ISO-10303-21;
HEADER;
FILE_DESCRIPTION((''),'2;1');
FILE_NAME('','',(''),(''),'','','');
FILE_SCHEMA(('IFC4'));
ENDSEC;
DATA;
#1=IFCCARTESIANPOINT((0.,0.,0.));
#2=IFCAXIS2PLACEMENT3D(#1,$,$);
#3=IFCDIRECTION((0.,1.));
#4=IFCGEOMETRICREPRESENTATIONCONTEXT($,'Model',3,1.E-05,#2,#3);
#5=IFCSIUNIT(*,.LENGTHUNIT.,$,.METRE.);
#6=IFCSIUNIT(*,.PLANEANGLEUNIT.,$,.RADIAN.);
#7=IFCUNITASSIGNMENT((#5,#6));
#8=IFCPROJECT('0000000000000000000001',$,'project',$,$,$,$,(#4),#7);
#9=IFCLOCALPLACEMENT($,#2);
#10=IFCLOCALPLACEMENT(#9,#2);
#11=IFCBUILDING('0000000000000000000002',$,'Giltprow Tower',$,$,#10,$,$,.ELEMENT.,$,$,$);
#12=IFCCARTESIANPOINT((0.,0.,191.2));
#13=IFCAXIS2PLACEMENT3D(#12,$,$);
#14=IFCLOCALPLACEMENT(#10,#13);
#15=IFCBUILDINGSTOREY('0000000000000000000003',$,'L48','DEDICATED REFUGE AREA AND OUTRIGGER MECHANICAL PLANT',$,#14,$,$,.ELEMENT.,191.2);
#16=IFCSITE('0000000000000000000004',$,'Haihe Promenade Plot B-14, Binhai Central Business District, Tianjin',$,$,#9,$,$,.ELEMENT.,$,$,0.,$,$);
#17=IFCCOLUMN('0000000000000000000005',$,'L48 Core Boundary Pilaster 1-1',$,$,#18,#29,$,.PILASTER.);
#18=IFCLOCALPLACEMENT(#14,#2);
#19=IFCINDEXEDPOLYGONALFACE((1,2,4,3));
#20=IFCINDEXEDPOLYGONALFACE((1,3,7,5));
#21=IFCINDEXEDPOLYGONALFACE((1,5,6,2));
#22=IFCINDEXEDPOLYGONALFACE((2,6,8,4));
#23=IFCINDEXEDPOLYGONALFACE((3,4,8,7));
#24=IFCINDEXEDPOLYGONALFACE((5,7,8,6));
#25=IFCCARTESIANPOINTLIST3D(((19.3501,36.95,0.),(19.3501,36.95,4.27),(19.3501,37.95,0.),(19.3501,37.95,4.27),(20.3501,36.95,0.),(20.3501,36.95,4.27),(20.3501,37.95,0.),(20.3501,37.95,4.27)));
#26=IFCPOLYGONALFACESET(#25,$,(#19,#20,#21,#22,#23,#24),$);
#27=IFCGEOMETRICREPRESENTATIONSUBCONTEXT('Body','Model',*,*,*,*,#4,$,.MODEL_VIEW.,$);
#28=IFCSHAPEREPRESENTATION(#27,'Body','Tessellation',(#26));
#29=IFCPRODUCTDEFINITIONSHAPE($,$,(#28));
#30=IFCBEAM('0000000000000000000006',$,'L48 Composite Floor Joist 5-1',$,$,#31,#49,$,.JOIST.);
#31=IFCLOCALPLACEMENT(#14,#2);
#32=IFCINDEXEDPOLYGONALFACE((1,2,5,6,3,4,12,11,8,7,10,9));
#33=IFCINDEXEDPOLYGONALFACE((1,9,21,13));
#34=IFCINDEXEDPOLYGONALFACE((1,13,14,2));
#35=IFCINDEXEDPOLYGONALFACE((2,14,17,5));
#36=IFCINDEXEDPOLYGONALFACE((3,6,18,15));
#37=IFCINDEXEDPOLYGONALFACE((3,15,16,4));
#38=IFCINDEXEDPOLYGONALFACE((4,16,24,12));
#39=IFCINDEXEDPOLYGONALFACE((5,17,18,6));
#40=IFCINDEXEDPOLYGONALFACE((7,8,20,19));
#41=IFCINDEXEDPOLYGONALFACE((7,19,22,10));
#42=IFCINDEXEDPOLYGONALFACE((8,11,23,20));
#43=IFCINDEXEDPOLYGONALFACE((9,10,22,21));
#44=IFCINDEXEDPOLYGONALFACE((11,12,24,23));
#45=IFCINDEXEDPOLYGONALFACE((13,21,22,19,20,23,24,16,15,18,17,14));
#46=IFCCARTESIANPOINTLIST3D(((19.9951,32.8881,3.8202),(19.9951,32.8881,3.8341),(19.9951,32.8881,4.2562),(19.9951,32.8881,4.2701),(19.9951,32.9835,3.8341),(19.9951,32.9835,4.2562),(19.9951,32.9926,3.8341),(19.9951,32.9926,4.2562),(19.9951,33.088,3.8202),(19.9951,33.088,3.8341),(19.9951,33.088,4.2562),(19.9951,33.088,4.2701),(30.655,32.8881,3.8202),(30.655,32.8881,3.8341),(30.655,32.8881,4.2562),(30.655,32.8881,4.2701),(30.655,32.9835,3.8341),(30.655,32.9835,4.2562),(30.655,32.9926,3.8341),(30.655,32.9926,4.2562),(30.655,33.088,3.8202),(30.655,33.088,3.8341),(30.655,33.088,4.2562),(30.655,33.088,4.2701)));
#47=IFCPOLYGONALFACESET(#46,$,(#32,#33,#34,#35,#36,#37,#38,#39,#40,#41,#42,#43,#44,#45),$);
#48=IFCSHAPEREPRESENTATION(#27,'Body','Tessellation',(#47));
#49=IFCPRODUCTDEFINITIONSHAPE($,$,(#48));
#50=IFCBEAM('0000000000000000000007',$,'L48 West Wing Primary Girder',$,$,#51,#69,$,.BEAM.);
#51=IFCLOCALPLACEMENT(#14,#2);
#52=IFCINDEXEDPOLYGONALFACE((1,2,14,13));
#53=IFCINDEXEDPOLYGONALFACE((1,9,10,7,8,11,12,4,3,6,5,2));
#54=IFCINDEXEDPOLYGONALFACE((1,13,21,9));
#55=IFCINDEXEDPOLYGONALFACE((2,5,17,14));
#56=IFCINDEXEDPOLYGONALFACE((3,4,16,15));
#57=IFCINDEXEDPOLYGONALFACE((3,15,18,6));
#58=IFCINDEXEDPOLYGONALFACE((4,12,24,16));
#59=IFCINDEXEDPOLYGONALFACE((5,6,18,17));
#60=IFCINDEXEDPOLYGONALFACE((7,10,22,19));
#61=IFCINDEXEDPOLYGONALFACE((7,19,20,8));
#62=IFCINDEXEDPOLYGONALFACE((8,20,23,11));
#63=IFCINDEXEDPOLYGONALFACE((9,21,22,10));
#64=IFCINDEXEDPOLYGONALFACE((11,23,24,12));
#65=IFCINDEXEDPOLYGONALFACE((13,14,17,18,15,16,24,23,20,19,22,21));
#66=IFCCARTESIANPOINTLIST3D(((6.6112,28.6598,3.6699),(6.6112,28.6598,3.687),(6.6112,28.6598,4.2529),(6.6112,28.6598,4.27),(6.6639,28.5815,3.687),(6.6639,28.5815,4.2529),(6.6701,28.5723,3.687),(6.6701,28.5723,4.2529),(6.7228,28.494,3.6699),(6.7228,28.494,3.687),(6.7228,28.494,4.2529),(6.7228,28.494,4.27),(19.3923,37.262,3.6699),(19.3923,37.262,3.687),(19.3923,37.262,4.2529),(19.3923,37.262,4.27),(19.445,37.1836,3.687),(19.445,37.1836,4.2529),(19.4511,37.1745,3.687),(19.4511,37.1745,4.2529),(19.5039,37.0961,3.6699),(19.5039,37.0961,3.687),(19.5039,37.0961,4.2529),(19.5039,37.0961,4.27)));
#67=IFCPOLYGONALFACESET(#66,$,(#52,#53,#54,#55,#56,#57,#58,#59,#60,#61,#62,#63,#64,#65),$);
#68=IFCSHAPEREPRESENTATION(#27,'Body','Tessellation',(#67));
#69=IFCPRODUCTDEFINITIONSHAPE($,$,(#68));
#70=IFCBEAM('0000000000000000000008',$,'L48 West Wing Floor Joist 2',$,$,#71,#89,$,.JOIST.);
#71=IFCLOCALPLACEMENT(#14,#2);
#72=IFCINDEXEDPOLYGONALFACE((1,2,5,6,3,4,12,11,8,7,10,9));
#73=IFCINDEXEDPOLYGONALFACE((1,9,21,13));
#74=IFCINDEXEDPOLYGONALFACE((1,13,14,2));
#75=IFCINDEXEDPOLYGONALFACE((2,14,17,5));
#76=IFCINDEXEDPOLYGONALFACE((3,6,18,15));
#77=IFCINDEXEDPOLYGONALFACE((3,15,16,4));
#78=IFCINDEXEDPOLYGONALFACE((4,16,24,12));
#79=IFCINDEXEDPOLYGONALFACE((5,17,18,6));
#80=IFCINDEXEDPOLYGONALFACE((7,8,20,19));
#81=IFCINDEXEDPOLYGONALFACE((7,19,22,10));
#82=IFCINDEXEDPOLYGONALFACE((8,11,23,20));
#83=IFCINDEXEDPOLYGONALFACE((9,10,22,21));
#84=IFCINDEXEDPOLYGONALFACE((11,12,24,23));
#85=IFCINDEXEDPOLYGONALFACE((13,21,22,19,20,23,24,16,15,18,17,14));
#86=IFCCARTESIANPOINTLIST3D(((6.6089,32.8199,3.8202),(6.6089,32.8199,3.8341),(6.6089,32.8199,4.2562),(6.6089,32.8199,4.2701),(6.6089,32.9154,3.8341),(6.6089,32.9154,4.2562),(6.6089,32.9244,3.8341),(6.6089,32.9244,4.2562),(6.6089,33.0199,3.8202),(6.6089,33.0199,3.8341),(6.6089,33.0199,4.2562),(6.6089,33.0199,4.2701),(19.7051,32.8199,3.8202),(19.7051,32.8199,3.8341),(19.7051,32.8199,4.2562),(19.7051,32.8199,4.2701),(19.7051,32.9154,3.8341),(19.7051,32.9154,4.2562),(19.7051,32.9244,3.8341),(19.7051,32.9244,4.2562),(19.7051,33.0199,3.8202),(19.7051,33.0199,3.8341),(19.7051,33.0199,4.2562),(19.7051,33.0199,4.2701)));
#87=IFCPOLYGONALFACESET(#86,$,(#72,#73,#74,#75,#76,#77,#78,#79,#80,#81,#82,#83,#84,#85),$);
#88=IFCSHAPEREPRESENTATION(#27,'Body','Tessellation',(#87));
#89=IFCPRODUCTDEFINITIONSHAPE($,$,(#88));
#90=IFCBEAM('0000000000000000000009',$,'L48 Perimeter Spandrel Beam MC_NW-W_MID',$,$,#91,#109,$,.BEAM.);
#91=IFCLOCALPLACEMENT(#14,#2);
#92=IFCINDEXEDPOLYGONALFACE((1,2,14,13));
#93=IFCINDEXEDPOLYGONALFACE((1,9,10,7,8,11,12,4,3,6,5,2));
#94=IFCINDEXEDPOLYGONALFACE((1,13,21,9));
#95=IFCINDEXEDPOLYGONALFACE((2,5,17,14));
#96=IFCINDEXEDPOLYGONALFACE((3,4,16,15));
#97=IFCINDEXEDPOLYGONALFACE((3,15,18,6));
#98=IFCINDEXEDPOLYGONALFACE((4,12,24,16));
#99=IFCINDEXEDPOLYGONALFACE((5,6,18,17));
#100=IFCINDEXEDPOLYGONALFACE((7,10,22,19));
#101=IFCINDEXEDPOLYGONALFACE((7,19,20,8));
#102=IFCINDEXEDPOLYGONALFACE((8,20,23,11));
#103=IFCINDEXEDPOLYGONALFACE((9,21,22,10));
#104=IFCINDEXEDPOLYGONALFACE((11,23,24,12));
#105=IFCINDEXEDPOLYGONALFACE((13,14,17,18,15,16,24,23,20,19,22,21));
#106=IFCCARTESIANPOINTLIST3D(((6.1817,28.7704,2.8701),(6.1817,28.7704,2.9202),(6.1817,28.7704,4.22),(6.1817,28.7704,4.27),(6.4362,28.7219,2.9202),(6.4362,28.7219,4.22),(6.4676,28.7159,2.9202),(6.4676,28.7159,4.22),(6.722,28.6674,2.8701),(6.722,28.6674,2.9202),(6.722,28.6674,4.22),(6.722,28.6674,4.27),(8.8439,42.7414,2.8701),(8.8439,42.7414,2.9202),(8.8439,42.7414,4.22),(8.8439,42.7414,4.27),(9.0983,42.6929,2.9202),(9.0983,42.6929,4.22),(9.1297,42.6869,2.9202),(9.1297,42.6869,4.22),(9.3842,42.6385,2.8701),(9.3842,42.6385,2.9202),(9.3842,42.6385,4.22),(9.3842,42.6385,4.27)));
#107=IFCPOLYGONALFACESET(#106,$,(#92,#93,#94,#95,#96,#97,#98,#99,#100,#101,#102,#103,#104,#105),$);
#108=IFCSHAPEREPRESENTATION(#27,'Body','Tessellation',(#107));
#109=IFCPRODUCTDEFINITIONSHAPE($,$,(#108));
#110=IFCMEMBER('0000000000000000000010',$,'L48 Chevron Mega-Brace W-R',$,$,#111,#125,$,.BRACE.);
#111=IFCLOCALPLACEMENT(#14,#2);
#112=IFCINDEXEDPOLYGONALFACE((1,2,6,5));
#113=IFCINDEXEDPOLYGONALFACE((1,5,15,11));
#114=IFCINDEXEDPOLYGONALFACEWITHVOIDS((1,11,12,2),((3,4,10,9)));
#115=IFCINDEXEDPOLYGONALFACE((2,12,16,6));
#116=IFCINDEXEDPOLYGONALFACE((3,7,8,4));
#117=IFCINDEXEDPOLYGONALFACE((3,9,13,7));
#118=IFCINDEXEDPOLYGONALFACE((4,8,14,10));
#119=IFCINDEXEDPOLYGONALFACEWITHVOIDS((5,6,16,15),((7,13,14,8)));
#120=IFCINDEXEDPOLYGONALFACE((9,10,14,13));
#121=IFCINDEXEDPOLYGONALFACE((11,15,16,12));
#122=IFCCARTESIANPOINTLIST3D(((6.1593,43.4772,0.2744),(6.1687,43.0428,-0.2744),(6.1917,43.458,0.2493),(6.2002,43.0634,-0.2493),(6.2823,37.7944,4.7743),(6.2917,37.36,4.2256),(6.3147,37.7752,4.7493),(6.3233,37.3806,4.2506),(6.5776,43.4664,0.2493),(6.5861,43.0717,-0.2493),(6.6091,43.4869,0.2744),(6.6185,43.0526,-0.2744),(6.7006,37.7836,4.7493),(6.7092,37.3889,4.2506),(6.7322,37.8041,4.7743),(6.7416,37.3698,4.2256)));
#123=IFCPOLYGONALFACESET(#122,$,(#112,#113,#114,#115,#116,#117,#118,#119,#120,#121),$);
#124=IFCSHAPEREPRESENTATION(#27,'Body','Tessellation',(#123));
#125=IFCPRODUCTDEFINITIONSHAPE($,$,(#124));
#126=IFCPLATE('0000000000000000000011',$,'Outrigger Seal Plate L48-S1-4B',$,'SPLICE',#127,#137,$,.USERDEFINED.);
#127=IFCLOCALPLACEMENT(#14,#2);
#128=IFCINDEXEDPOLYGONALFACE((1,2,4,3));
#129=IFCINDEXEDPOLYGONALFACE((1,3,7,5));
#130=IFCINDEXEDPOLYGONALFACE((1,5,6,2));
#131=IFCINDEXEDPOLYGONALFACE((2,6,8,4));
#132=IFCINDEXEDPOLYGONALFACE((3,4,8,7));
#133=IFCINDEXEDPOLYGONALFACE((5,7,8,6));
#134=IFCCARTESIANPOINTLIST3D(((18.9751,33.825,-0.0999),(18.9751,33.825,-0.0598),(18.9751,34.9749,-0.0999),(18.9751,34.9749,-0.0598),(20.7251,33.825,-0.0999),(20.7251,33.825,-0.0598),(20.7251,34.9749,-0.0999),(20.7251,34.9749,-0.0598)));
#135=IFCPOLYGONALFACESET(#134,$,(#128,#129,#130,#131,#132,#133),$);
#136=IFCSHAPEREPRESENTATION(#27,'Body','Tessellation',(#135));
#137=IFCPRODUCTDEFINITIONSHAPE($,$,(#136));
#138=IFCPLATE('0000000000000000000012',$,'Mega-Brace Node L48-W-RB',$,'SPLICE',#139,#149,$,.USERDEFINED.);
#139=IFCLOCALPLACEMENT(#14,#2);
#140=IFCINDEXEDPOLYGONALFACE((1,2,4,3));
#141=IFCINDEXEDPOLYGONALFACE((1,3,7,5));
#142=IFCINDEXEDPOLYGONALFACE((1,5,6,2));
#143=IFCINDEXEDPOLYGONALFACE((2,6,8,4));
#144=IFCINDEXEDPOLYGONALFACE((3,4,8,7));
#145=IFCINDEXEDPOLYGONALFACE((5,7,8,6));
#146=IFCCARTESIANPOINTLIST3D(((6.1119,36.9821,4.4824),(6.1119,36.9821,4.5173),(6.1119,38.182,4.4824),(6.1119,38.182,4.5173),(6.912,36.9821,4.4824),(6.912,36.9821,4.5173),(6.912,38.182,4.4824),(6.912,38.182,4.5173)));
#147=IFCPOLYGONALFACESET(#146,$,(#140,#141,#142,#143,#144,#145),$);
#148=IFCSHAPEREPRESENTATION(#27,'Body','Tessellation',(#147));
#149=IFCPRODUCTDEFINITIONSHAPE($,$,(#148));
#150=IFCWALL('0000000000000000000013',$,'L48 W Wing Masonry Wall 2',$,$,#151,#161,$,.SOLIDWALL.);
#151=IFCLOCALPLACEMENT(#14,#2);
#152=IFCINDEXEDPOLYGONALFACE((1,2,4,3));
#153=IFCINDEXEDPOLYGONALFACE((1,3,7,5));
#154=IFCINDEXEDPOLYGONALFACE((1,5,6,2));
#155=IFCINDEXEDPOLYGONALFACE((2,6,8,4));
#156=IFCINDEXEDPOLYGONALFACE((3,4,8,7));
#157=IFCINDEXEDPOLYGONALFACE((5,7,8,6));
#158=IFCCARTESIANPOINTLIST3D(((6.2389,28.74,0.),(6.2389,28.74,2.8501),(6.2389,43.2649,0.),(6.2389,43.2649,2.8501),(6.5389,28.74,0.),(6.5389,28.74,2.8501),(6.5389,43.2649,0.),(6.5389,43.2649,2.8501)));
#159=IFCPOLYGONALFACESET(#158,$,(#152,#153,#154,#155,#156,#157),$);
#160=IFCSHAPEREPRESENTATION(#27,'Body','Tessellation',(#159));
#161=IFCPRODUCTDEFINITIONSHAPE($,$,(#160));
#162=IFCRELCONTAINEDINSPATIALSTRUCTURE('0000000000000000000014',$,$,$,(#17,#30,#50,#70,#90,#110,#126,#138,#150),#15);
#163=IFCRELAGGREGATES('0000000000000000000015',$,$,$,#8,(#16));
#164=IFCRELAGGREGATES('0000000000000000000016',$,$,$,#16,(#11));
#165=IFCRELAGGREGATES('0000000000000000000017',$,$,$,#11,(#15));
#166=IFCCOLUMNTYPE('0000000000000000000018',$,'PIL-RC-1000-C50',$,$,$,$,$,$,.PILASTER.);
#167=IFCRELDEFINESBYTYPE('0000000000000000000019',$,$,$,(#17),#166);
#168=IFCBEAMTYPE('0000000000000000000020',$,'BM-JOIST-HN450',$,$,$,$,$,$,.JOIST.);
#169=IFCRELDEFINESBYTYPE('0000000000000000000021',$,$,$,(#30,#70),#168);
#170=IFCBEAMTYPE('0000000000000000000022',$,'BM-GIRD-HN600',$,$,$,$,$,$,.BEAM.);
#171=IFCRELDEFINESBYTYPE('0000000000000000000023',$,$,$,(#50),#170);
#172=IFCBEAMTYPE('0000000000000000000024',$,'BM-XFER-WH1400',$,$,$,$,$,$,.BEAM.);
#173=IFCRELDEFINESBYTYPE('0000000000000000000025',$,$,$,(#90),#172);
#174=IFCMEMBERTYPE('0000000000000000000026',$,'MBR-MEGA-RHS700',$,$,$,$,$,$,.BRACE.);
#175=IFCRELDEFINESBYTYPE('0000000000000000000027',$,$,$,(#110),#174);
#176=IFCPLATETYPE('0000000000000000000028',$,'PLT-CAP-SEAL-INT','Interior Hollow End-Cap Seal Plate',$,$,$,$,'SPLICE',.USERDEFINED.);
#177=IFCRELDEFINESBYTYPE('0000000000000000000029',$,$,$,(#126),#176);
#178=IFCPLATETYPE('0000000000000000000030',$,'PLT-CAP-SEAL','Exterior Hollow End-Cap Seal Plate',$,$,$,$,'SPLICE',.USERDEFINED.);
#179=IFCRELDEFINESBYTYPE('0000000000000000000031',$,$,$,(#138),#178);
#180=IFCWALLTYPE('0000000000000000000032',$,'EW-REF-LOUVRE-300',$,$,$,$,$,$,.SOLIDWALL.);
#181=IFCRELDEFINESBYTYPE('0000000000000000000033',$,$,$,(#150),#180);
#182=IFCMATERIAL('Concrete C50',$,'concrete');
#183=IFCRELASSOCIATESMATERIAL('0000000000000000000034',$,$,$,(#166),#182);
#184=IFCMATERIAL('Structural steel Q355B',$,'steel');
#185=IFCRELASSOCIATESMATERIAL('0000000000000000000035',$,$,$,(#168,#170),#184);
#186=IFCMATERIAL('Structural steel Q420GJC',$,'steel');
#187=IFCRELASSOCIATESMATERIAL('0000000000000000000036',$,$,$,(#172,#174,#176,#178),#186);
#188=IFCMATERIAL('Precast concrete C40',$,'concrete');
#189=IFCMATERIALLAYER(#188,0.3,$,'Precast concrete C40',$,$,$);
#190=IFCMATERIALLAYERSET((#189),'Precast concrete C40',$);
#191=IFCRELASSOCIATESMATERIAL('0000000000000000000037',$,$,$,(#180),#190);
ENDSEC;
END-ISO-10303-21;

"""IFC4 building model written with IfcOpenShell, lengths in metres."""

from ifc_helpers import new_model, si_unit, direction, frame, frame_2d, origin, origin_2d, place, context, subcontext, project, spatial, rectangle, hollow_rectangle, i_section, extrude, source, transform, mapped, material, layer, layer_set, material_profile, profile_set, type_object, element, save


model = new_model("IFC4")

# Units and contexts
model_context = context("Model", 3, precision=1e-05, world=origin(), true_north=direction((0.0, 1.0)))
body_context = subcontext(model_context, "Body", "Model", "MODEL_VIEW")
ifc_project = project(units=[si_unit("LENGTHUNIT", "METRE"), si_unit("PLANEANGLEUNIT", "RADIAN")], contexts=[model_context])

# Site, building, storey
site_placement = place(None, origin())
site = spatial("IfcSite", under=ifc_project, at=site_placement, Name="Haihe Promenade Plot B-14, Binhai Central Business District, Tianjin", CompositionType="ELEMENT", RefElevation=0.0)
building_placement = place(site_placement, origin())
building = spatial("IfcBuilding", under=site, at=building_placement, Name="Giltprow Tower", CompositionType="ELEMENT")
storey_placement = place(building_placement, frame((0.0, 0.0, 191.2)))
storey = spatial("IfcBuildingStorey", under=building, at=storey_placement, Name="L48", Description="DEDICATED REFUGE AREA AND OUTRIGGER MECHANICAL PLANT", CompositionType="ELEMENT", Elevation=191.2)

# Column
ifc_material_1 = material(Name="Concrete C50", Category="concrete")
ifc_material_profile_1 = material_profile(ifc_material_1, rectangle(XDim=1.0, YDim=1.0, at=origin_2d()), Name="RC 1000x1000")
ifc_profile_set_1 = profile_set([ifc_material_profile_1], Name="Concrete C50")
column_type = type_object("IfcColumnType", Name="PIL-RC-1000-C50", PredefinedType="PILASTER", material=ifc_profile_set_1)
shared_shape_1 = source(origin(), body_context, "Body", "SweptSolid", [
    extrude(rectangle(XDim=1.0, YDim=1.0, at=origin_2d()), origin(), (0.0, 0.0, 1.0), 4.27),
])
column_placement = place(storey_placement, frame((19.8501, 37.45, 0.0), z_axis=(0.0, 0.0, 1.0), x_axis=(1.0, 0.0, 0.0)))
element("IfcColumn", 1, at=column_placement, inside=storey, type_object=column_type, Name="L48 Core Boundary Pilaster 1-1", PredefinedType="PILASTER", context=body_context, shape_type="MappedRepresentation", body=[
    mapped(shared_shape_1, transform((0.0, 0.0, 0.0), x_axis=(1.0, 0.0, 0.0), y_axis=(0.0, 1.0, 0.0), z_axis=(0.0, 0.0, 1.0), scale=1.0)),
])

# Beams
ifc_material_2 = material(Name="Structural steel Q355B", Category="steel")
ifc_material_profile_2 = material_profile(ifc_material_2, i_section(OverallWidth=0.2, OverallDepth=0.45, WebThickness=0.009, FlangeThickness=0.0139, at=origin_2d()), Name="HN 450x200x9x14")
ifc_profile_set_2 = profile_set([ifc_material_profile_2], Name="Structural steel Q355B")
beam_type_1 = type_object("IfcBeamType", Name="BM-JOIST-HN450", PredefinedType="JOIST", material=ifc_profile_set_2)
shared_shape_2 = source(origin(), body_context, "Body", "SweptSolid", [
    extrude(i_section(OverallWidth=0.2, OverallDepth=0.45, WebThickness=0.009, FlangeThickness=0.0139, at=origin_2d()), origin(), (0.0, 0.0, 1.0), 10.6599),
])
beam_1_placement = place(storey_placement, frame((19.9951, 32.988, 4.0452), z_axis=(1.0, 0.0, 0.0), x_axis=(0.0, 1.0, 0.0)))
element("IfcBeam", 2, at=beam_1_placement, inside=storey, type_object=beam_type_1, Name="L48 Composite Floor Joist 5-1", PredefinedType="JOIST", context=body_context, shape_type="MappedRepresentation", body=[
    mapped(shared_shape_2, transform((0.0, 0.0, 0.0), x_axis=(1.0, 0.0, 0.0), y_axis=(0.0, 1.0, 0.0), z_axis=(0.0, 0.0, 1.0), scale=1.0)),
])
ifc_material_profile_3 = material_profile(ifc_material_2, i_section(OverallWidth=0.2, OverallDepth=0.6001, WebThickness=0.011, FlangeThickness=0.0171, at=origin_2d()), Name="HN 600x200x11x17")
ifc_profile_set_3 = profile_set([ifc_material_profile_3], Name="Structural steel Q355B")
beam_type_2 = type_object("IfcBeamType", Name="BM-GIRD-HN600", PredefinedType="BEAM", material=ifc_profile_set_3)
shared_shape_3 = source(origin(), body_context, "Body", "SweptSolid", [
    extrude(i_section(OverallWidth=0.2, OverallDepth=0.6001, WebThickness=0.011, FlangeThickness=0.0171, at=origin_2d()), origin(), (0.0, 0.0, 1.0), 15.4062),
])
beam_2_placement = place(storey_placement, frame((6.667, 28.5769, 3.97), z_axis=(0.829604, 0.558352, 0.0), x_axis=(-0.558352, 0.829604, 0.0)))
element("IfcBeam", 3, at=beam_2_placement, inside=storey, type_object=beam_type_2, Name="L48 West Wing Primary Girder", PredefinedType="BEAM", context=body_context, shape_type="MappedRepresentation", body=[
    mapped(shared_shape_3, transform((0.0, 0.0, 0.0), x_axis=(1.0, 0.0, 0.0), y_axis=(0.0, 1.0, 0.0), z_axis=(0.0, 0.0, 1.0), scale=1.0)),
])
shared_shape_4 = source(origin(), body_context, "Body", "SweptSolid", [
    extrude(i_section(OverallWidth=0.2, OverallDepth=0.45, WebThickness=0.009, FlangeThickness=0.0139, at=origin_2d()), origin(), (0.0, 0.0, 1.0), 13.0962),
])
beam_3_placement = place(storey_placement, frame((6.6089, 32.9199, 4.0452), z_axis=(1.0, 0.0, 0.0), x_axis=(0.0, 1.0, 0.0)))
element("IfcBeam", 4, at=beam_3_placement, inside=storey, type_object=beam_type_1, Name="L48 West Wing Floor Joist 2", PredefinedType="JOIST", context=body_context, shape_type="MappedRepresentation", body=[
    mapped(shared_shape_4, transform((0.0, 0.0, 0.0), x_axis=(1.0, 0.0, 0.0), y_axis=(0.0, 1.0, 0.0), z_axis=(0.0, 0.0, 1.0), scale=1.0)),
])
ifc_material_3 = material(Name="Structural steel Q420GJC", Category="steel")
ifc_material_profile_4 = material_profile(ifc_material_3, i_section(OverallWidth=0.55, OverallDepth=1.3999, WebThickness=0.032, FlangeThickness=0.05, at=origin_2d()), Name="WH 1400x550x32x50")
ifc_profile_set_4 = profile_set([ifc_material_profile_4], Name="Structural steel Q420GJC")
beam_type_3 = type_object("IfcBeamType", Name="BM-XFER-WH1400", PredefinedType="BEAM", material=ifc_profile_set_4)
shared_shape_5 = source(origin(), body_context, "Body", "SweptSolid", [
    extrude(i_section(OverallWidth=0.55, OverallDepth=1.3999, WebThickness=0.032, FlangeThickness=0.05, at=origin_2d()), origin(), (0.0, 0.0, 1.0), 14.2224),
])
beam_4_placement = place(storey_placement, frame((9.114, 42.6899, 3.5701), z_axis=(-0.187178, -0.982326, 0.0), x_axis=(0.982326, -0.187178, 0.0)))
element("IfcBeam", 5, at=beam_4_placement, inside=storey, type_object=beam_type_3, Name="L48 Perimeter Spandrel Beam MC_NW-W_MID", PredefinedType="BEAM", context=body_context, shape_type="MappedRepresentation", body=[
    mapped(shared_shape_5, transform((0.0, 0.0, 0.0), x_axis=(1.0, 0.0, 0.0), y_axis=(0.0, 1.0, 0.0), z_axis=(0.0, 0.0, 1.0), scale=1.0)),
])

# Member
ifc_material_profile_5 = material_profile(ifc_material_3, hollow_rectangle(XDim=0.45, YDim=0.7, WallThickness=0.032, at=origin_2d()), Name="RHS 700x450x32")
ifc_profile_set_5 = profile_set([ifc_material_profile_5], Name="Structural steel Q420GJC")
member_type = type_object("IfcMemberType", Name="MBR-MEGA-RHS700", PredefinedType="BRACE", material=ifc_profile_set_5)
shared_shape_6 = source(origin(), body_context, "Body", "SweptSolid", [
    extrude(hollow_rectangle(XDim=0.45, YDim=0.7, WallThickness=0.032, at=origin_2d()), origin(), (0.0, 0.0, 1.0), 7.2498),
])
member_placement = place(storey_placement, frame((6.3889, 43.2649, 0.0), z_axis=(0.016972, -0.783861, 0.620704), x_axis=(0.999766, 0.021647, 0.0)))
element("IfcMember", 6, at=member_placement, inside=storey, type_object=member_type, Name="L48 Chevron Mega-Brace W-R", PredefinedType="BRACE", context=body_context, shape_type="MappedRepresentation", body=[
    mapped(shared_shape_6, transform((0.0, 0.0, 0.0), x_axis=(1.0, 0.0, 0.0), y_axis=(0.0, 1.0, 0.0), z_axis=(0.0, 0.0, 1.0), scale=1.0)),
])

# Plates
plate_type_1 = type_object("IfcPlateType", Name="PLT-CAP-SEAL-INT", Description="Interior Hollow End-Cap Seal Plate", ElementType="SPLICE", PredefinedType="USERDEFINED", material=ifc_material_3)
shared_shape_7 = source(origin(), body_context, "Body", "SweptSolid", [
    extrude(rectangle(XDim=1.75, YDim=1.1499, at=origin_2d()), origin(), (0.0, 0.0, 1.0), 0.04),
])
plate_1_placement = place(storey_placement, frame((19.8501, 34.3999, -0.0999), z_axis=(0.0, 0.0, 1.0), x_axis=(1.0, 0.0, 0.0)))
element("IfcPlate", 7, at=plate_1_placement, inside=storey, type_object=plate_type_1, Name="Outrigger Seal Plate L48-S1-4B", ObjectType="SPLICE", PredefinedType="USERDEFINED", context=body_context, shape_type="MappedRepresentation", body=[
    mapped(shared_shape_7, transform((0.0, 0.0, 0.0), x_axis=(1.0, 0.0, 0.0), y_axis=(0.0, 1.0, 0.0), z_axis=(0.0, 0.0, 1.0), scale=1.0)),
])
plate_type_2 = type_object("IfcPlateType", Name="PLT-CAP-SEAL", Description="Exterior Hollow End-Cap Seal Plate", ElementType="SPLICE", PredefinedType="USERDEFINED", material=ifc_material_3)
shared_shape_8 = source(origin(), body_context, "Body", "SweptSolid", [
    extrude(rectangle(XDim=1.2, YDim=0.8, at=origin_2d()), origin(), (0.0, 0.0, 1.0), 0.0349),
])
plate_2_placement = place(storey_placement, frame((6.512, 37.582, 4.4824), z_axis=(0.0, 0.0, 1.0), x_axis=(0.0, 1.0, 0.0)))
element("IfcPlate", 8, at=plate_2_placement, inside=storey, type_object=plate_type_2, Name="Mega-Brace Node L48-W-RB", ObjectType="SPLICE", PredefinedType="USERDEFINED", context=body_context, shape_type="MappedRepresentation", body=[
    mapped(shared_shape_8, transform((0.0, 0.0, 0.0), x_axis=(1.0, 0.0, 0.0), y_axis=(0.0, 1.0, 0.0), z_axis=(0.0, 0.0, 1.0), scale=1.0)),
])

# Wall
ifc_material_4 = material(Name="Precast concrete C40", Category="concrete")
ifc_layer_1 = layer(ifc_material_4, 0.3, Name="Precast concrete C40")
ifc_layer_set_1 = layer_set([ifc_layer_1], Name="Precast concrete C40")
wall_type_1 = type_object("IfcWallType", Name="EW-REF-LOUVRE-300", PredefinedType="SOLIDWALL", material=ifc_layer_set_1)
wall_1_placement = place(storey_placement, frame((6.3889, 28.74, 0.0), z_axis=(0.0, 0.0, 1.0), x_axis=(0.0, 1.0, 0.0)))
element("IfcWall", 9, at=wall_1_placement, inside=storey, type_object=wall_type_1, Name="L48 W Wing Masonry Wall 2", PredefinedType="SOLIDWALL", context=body_context, shape_type="SweptSolid", body=[
    extrude(rectangle(XDim=14.5249, YDim=0.3, at=frame_2d((7.2625, 0.0))), origin(), (0.0, 0.0, 1.0), 2.8501),
])

save(model, "model.ifc")
